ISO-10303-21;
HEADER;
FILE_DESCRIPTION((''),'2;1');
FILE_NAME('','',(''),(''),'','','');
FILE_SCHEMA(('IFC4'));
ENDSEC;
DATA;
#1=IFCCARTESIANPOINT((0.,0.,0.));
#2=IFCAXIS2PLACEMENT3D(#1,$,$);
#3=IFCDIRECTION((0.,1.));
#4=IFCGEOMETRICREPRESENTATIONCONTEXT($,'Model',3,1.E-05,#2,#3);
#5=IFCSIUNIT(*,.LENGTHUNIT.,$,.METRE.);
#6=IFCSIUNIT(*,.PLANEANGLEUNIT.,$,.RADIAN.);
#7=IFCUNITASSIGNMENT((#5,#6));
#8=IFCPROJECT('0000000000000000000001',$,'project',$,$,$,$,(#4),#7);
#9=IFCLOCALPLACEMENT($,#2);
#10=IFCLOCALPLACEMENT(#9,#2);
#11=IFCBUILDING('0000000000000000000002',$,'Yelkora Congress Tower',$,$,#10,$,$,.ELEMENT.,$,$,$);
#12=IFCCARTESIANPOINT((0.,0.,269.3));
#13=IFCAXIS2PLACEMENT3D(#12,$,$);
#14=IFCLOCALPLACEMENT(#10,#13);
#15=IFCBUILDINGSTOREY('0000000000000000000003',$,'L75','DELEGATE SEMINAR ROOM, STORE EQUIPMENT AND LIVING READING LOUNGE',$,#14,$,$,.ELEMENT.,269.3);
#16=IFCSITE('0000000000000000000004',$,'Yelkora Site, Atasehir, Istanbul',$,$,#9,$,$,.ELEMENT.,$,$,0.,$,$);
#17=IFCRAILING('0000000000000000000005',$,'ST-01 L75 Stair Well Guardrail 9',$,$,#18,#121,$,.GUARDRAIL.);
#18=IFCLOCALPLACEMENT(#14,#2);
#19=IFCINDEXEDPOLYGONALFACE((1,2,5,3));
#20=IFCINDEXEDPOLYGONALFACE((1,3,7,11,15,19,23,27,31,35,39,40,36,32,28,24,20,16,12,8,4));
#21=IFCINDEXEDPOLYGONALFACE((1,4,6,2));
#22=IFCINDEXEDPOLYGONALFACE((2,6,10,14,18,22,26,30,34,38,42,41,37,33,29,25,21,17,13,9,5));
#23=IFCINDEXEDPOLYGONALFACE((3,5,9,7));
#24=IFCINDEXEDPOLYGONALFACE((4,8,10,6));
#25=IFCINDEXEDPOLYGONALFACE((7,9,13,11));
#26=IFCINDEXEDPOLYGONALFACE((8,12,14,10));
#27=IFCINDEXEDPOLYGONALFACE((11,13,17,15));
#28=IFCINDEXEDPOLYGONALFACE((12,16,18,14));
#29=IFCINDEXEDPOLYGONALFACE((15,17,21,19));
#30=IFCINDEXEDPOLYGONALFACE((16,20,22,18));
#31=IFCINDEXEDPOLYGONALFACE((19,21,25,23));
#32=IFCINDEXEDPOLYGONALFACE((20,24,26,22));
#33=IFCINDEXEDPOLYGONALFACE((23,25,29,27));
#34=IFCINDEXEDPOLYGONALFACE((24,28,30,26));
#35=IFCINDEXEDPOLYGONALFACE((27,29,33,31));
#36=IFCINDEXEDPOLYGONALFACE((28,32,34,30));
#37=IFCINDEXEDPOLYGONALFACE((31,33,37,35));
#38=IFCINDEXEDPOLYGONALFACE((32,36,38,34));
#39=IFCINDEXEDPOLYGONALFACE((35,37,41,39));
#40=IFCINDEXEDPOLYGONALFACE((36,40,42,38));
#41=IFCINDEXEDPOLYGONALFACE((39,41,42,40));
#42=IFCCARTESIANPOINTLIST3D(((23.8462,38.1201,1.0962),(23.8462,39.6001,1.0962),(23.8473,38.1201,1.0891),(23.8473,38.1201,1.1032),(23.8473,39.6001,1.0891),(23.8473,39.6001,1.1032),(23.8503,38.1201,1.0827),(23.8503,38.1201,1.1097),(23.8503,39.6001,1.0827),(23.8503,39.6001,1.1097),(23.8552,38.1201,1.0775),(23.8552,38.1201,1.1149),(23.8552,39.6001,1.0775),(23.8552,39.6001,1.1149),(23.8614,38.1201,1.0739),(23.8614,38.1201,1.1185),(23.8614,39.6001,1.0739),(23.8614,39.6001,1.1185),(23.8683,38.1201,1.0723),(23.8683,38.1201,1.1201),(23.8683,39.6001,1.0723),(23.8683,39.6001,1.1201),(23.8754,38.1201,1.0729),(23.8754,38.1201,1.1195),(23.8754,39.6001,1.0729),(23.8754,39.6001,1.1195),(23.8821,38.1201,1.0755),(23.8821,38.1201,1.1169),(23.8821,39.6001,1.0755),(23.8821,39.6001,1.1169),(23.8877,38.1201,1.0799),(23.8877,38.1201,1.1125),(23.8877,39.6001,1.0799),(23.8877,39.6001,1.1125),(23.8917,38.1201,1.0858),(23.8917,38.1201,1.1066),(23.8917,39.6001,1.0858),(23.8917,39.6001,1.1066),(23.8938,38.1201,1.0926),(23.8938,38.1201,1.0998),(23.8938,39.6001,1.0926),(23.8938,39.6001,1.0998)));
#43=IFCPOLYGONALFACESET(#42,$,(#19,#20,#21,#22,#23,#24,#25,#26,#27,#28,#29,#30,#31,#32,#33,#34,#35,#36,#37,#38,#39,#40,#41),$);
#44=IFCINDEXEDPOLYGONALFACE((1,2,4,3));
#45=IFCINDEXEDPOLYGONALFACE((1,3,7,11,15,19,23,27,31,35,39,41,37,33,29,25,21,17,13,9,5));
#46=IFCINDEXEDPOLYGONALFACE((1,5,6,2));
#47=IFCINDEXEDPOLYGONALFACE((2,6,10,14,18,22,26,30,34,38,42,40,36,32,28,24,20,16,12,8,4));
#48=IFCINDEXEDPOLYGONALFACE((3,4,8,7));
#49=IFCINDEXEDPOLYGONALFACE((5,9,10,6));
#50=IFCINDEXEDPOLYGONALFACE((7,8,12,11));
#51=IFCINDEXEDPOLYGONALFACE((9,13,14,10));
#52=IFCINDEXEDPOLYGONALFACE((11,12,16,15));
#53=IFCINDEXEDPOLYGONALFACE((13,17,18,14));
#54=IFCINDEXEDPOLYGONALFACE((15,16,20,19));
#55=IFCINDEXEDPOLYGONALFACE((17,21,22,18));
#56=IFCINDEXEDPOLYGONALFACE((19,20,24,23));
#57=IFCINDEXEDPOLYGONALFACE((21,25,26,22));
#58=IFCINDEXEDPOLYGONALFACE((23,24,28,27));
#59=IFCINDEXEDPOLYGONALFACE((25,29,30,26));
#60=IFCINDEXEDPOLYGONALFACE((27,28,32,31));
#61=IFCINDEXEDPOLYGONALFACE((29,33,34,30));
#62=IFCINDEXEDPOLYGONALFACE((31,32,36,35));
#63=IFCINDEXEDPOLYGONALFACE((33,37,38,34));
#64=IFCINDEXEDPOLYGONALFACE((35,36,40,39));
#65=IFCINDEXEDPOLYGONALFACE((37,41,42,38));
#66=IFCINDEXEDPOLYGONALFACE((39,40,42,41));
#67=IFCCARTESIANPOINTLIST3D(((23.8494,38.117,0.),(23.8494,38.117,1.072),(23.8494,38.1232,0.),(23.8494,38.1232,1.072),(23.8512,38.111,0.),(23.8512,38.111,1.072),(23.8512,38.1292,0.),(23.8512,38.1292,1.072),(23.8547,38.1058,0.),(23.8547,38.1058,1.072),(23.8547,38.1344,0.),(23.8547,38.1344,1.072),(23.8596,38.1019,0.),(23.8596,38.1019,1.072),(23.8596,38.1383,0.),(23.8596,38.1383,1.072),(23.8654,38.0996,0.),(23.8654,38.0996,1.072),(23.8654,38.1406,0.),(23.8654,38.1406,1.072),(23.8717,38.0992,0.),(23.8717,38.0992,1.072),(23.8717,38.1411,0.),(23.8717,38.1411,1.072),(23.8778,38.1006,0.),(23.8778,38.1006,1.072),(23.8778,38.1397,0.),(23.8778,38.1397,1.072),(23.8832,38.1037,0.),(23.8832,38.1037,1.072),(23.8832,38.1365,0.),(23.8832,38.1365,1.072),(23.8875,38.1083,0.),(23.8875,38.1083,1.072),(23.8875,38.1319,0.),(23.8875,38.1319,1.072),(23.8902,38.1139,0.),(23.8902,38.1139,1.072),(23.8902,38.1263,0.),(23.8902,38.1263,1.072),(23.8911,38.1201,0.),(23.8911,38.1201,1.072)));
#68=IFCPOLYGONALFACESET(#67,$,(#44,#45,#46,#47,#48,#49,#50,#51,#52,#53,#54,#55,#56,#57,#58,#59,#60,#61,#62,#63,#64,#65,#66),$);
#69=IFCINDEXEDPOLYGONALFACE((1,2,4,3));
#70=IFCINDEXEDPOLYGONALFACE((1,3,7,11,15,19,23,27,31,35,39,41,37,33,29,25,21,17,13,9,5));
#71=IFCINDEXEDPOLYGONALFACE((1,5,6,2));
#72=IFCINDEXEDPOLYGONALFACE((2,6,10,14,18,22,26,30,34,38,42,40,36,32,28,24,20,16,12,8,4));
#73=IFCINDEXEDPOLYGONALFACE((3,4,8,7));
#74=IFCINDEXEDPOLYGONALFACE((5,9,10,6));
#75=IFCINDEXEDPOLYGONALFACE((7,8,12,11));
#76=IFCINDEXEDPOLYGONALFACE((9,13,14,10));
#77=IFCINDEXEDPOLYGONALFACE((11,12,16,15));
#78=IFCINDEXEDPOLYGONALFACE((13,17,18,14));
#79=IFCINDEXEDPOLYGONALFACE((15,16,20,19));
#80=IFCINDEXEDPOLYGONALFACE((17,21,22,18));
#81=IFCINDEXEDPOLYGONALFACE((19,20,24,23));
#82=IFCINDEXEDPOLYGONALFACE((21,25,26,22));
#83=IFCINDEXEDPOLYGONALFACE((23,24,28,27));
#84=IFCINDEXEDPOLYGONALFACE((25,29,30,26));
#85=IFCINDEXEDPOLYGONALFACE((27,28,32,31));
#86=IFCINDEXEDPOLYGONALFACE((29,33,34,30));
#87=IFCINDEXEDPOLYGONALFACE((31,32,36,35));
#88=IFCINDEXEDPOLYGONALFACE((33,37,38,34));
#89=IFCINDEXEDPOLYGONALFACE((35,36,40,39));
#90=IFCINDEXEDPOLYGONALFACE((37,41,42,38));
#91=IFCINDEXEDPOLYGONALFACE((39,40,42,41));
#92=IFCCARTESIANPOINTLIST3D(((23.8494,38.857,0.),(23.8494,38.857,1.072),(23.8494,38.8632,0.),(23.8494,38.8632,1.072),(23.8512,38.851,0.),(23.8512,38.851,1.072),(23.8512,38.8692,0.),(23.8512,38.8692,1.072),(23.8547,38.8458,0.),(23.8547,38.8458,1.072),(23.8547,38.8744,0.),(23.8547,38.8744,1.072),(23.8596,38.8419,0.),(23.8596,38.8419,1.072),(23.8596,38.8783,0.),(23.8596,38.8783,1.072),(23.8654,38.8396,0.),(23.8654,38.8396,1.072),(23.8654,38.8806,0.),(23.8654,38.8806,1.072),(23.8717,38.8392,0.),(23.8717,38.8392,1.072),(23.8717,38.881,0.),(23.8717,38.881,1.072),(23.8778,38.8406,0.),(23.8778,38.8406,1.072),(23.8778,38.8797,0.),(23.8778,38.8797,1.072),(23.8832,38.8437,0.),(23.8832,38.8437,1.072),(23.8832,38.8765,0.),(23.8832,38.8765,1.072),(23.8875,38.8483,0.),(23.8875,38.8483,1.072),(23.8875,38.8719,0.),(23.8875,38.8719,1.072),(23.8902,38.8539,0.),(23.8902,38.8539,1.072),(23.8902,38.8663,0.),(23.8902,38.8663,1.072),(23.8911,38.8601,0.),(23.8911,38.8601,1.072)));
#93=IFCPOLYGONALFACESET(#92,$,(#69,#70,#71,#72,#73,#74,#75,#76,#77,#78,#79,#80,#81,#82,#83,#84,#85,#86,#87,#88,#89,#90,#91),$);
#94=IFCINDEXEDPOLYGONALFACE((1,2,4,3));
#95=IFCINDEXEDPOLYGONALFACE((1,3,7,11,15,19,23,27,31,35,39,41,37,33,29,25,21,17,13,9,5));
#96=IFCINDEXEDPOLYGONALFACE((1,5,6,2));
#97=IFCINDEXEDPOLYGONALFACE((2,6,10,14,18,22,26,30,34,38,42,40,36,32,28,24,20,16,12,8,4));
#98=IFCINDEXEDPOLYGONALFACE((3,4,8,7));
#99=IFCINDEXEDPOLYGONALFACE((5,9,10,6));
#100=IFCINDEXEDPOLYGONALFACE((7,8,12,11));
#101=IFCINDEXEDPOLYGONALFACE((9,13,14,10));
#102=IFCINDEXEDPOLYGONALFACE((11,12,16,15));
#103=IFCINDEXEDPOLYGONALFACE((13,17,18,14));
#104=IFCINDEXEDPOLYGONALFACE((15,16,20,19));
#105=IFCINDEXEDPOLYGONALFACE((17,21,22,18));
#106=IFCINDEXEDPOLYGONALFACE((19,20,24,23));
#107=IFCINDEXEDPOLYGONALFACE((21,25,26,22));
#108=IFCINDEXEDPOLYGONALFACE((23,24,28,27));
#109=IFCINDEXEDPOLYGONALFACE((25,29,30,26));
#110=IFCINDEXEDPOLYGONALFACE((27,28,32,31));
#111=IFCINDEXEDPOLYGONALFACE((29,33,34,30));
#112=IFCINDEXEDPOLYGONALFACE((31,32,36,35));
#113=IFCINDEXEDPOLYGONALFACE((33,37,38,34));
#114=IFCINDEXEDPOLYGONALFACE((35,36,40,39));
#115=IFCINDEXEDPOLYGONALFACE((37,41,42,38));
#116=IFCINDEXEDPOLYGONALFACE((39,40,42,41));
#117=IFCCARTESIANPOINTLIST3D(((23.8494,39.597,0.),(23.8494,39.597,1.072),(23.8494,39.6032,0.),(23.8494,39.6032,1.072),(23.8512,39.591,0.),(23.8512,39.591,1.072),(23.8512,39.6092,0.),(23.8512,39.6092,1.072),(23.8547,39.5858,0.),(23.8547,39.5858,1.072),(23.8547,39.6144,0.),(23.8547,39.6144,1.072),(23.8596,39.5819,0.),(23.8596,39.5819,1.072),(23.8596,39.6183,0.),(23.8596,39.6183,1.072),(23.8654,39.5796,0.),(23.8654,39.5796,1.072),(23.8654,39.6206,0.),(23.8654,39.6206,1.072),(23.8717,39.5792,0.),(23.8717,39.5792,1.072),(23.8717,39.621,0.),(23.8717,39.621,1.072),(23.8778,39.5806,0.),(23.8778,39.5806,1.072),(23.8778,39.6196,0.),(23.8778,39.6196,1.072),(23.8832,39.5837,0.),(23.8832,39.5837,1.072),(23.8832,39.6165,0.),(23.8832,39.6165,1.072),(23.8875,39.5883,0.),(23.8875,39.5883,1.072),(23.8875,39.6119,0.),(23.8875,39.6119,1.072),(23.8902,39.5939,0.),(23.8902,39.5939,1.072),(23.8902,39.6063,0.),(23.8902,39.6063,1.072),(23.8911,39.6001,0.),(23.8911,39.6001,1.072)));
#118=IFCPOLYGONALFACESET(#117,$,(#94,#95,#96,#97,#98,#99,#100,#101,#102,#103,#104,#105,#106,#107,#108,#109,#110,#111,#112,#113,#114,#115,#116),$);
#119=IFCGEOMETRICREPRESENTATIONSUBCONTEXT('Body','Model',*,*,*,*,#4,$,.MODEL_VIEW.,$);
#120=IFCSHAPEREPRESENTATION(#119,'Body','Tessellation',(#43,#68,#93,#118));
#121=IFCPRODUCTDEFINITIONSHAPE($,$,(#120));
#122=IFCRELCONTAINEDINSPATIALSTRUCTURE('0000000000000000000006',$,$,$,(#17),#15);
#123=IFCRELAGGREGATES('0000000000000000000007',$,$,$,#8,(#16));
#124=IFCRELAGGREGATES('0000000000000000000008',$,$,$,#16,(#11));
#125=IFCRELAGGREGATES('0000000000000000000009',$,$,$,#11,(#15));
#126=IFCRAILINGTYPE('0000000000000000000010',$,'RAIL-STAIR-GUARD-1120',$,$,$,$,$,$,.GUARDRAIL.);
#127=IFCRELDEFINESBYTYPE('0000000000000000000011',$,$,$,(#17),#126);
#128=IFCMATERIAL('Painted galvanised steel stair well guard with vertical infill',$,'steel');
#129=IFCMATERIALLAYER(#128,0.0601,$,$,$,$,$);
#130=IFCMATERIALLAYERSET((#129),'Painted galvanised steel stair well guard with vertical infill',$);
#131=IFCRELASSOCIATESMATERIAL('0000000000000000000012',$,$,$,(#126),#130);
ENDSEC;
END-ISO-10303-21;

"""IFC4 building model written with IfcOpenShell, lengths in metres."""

from ifc_helpers import new_model, si_unit, direction, frame, origin, origin_2d, place, context, subcontext, project, spatial, circle, extrude, material, layer, layer_set, type_object, element, save


model = new_model("IFC4")

# Units and contexts
model_context = context("Model", 3, precision=1e-05, world=origin(), true_north=direction((0.0, 1.0)))
body_context = subcontext(model_context, "Body", "Model", "MODEL_VIEW")
ifc_project = project(units=[si_unit("LENGTHUNIT", "METRE"), si_unit("PLANEANGLEUNIT", "RADIAN")], contexts=[model_context])

# Site, building, storey
site_placement = place(None, origin())
site = spatial("IfcSite", under=ifc_project, at=site_placement, Name="Yelkora Site, Atasehir, Istanbul", CompositionType="ELEMENT", RefElevation=0.0)
building_placement = place(site_placement, origin())
building = spatial("IfcBuilding", under=site, at=building_placement, Name="Yelkora Congress Tower", CompositionType="ELEMENT")
storey_placement = place(building_placement, frame((0.0, 0.0, 269.3)))
storey = spatial("IfcBuildingStorey", under=building, at=storey_placement, Name="L75", Description="DELEGATE SEMINAR ROOM, STORE EQUIPMENT AND LIVING READING LOUNGE", CompositionType="ELEMENT", Elevation=269.3)

# Railing
ifc_material_1 = material(Name="Painted galvanised steel stair well guard with vertical infill", Category="steel")
ifc_layer_1 = layer(ifc_material_1, 0.0601)
ifc_layer_set_1 = layer_set([ifc_layer_1], Name="Painted galvanised steel stair well guard with vertical infill")
railing_type_1 = type_object("IfcRailingType", Name="RAIL-STAIR-GUARD-1120", PredefinedType="GUARDRAIL", material=ifc_layer_set_1)
for number, where, name in (
    (1, (23.8701, 38.1201, 0.0), "ST-01 L75 Stair Well Guardrail 9"),
):
    element("IfcRailing", number, at=place(storey_placement, frame(where)), inside=storey, type_object=railing_type_1, Name=name, PredefinedType="GUARDRAIL", context=body_context, shape_type="SweptSolid", body=[
        extrude(circle(Radius=0.0239, at=origin_2d()), frame((0.0, 0.0, 1.0962), z_axis=(0.0, 1.0, 0.0), x_axis=(-1.0, 0.0, 0.0)), (0.0, 0.0, 1.0), 1.48),
        extrude(circle(Radius=0.021, at=origin_2d()), origin(), (0.0, 0.0, 1.0), 1.072),
        extrude(circle(Radius=0.021, at=origin_2d()), frame((0.0, 0.74, 0.0)), (0.0, 0.0, 1.0), 1.072),
        extrude(circle(Radius=0.021, at=origin_2d()), frame((0.0, 1.48, 0.0)), (0.0, 0.0, 1.0), 1.072),
    ])

save(model, "model.ifc")
